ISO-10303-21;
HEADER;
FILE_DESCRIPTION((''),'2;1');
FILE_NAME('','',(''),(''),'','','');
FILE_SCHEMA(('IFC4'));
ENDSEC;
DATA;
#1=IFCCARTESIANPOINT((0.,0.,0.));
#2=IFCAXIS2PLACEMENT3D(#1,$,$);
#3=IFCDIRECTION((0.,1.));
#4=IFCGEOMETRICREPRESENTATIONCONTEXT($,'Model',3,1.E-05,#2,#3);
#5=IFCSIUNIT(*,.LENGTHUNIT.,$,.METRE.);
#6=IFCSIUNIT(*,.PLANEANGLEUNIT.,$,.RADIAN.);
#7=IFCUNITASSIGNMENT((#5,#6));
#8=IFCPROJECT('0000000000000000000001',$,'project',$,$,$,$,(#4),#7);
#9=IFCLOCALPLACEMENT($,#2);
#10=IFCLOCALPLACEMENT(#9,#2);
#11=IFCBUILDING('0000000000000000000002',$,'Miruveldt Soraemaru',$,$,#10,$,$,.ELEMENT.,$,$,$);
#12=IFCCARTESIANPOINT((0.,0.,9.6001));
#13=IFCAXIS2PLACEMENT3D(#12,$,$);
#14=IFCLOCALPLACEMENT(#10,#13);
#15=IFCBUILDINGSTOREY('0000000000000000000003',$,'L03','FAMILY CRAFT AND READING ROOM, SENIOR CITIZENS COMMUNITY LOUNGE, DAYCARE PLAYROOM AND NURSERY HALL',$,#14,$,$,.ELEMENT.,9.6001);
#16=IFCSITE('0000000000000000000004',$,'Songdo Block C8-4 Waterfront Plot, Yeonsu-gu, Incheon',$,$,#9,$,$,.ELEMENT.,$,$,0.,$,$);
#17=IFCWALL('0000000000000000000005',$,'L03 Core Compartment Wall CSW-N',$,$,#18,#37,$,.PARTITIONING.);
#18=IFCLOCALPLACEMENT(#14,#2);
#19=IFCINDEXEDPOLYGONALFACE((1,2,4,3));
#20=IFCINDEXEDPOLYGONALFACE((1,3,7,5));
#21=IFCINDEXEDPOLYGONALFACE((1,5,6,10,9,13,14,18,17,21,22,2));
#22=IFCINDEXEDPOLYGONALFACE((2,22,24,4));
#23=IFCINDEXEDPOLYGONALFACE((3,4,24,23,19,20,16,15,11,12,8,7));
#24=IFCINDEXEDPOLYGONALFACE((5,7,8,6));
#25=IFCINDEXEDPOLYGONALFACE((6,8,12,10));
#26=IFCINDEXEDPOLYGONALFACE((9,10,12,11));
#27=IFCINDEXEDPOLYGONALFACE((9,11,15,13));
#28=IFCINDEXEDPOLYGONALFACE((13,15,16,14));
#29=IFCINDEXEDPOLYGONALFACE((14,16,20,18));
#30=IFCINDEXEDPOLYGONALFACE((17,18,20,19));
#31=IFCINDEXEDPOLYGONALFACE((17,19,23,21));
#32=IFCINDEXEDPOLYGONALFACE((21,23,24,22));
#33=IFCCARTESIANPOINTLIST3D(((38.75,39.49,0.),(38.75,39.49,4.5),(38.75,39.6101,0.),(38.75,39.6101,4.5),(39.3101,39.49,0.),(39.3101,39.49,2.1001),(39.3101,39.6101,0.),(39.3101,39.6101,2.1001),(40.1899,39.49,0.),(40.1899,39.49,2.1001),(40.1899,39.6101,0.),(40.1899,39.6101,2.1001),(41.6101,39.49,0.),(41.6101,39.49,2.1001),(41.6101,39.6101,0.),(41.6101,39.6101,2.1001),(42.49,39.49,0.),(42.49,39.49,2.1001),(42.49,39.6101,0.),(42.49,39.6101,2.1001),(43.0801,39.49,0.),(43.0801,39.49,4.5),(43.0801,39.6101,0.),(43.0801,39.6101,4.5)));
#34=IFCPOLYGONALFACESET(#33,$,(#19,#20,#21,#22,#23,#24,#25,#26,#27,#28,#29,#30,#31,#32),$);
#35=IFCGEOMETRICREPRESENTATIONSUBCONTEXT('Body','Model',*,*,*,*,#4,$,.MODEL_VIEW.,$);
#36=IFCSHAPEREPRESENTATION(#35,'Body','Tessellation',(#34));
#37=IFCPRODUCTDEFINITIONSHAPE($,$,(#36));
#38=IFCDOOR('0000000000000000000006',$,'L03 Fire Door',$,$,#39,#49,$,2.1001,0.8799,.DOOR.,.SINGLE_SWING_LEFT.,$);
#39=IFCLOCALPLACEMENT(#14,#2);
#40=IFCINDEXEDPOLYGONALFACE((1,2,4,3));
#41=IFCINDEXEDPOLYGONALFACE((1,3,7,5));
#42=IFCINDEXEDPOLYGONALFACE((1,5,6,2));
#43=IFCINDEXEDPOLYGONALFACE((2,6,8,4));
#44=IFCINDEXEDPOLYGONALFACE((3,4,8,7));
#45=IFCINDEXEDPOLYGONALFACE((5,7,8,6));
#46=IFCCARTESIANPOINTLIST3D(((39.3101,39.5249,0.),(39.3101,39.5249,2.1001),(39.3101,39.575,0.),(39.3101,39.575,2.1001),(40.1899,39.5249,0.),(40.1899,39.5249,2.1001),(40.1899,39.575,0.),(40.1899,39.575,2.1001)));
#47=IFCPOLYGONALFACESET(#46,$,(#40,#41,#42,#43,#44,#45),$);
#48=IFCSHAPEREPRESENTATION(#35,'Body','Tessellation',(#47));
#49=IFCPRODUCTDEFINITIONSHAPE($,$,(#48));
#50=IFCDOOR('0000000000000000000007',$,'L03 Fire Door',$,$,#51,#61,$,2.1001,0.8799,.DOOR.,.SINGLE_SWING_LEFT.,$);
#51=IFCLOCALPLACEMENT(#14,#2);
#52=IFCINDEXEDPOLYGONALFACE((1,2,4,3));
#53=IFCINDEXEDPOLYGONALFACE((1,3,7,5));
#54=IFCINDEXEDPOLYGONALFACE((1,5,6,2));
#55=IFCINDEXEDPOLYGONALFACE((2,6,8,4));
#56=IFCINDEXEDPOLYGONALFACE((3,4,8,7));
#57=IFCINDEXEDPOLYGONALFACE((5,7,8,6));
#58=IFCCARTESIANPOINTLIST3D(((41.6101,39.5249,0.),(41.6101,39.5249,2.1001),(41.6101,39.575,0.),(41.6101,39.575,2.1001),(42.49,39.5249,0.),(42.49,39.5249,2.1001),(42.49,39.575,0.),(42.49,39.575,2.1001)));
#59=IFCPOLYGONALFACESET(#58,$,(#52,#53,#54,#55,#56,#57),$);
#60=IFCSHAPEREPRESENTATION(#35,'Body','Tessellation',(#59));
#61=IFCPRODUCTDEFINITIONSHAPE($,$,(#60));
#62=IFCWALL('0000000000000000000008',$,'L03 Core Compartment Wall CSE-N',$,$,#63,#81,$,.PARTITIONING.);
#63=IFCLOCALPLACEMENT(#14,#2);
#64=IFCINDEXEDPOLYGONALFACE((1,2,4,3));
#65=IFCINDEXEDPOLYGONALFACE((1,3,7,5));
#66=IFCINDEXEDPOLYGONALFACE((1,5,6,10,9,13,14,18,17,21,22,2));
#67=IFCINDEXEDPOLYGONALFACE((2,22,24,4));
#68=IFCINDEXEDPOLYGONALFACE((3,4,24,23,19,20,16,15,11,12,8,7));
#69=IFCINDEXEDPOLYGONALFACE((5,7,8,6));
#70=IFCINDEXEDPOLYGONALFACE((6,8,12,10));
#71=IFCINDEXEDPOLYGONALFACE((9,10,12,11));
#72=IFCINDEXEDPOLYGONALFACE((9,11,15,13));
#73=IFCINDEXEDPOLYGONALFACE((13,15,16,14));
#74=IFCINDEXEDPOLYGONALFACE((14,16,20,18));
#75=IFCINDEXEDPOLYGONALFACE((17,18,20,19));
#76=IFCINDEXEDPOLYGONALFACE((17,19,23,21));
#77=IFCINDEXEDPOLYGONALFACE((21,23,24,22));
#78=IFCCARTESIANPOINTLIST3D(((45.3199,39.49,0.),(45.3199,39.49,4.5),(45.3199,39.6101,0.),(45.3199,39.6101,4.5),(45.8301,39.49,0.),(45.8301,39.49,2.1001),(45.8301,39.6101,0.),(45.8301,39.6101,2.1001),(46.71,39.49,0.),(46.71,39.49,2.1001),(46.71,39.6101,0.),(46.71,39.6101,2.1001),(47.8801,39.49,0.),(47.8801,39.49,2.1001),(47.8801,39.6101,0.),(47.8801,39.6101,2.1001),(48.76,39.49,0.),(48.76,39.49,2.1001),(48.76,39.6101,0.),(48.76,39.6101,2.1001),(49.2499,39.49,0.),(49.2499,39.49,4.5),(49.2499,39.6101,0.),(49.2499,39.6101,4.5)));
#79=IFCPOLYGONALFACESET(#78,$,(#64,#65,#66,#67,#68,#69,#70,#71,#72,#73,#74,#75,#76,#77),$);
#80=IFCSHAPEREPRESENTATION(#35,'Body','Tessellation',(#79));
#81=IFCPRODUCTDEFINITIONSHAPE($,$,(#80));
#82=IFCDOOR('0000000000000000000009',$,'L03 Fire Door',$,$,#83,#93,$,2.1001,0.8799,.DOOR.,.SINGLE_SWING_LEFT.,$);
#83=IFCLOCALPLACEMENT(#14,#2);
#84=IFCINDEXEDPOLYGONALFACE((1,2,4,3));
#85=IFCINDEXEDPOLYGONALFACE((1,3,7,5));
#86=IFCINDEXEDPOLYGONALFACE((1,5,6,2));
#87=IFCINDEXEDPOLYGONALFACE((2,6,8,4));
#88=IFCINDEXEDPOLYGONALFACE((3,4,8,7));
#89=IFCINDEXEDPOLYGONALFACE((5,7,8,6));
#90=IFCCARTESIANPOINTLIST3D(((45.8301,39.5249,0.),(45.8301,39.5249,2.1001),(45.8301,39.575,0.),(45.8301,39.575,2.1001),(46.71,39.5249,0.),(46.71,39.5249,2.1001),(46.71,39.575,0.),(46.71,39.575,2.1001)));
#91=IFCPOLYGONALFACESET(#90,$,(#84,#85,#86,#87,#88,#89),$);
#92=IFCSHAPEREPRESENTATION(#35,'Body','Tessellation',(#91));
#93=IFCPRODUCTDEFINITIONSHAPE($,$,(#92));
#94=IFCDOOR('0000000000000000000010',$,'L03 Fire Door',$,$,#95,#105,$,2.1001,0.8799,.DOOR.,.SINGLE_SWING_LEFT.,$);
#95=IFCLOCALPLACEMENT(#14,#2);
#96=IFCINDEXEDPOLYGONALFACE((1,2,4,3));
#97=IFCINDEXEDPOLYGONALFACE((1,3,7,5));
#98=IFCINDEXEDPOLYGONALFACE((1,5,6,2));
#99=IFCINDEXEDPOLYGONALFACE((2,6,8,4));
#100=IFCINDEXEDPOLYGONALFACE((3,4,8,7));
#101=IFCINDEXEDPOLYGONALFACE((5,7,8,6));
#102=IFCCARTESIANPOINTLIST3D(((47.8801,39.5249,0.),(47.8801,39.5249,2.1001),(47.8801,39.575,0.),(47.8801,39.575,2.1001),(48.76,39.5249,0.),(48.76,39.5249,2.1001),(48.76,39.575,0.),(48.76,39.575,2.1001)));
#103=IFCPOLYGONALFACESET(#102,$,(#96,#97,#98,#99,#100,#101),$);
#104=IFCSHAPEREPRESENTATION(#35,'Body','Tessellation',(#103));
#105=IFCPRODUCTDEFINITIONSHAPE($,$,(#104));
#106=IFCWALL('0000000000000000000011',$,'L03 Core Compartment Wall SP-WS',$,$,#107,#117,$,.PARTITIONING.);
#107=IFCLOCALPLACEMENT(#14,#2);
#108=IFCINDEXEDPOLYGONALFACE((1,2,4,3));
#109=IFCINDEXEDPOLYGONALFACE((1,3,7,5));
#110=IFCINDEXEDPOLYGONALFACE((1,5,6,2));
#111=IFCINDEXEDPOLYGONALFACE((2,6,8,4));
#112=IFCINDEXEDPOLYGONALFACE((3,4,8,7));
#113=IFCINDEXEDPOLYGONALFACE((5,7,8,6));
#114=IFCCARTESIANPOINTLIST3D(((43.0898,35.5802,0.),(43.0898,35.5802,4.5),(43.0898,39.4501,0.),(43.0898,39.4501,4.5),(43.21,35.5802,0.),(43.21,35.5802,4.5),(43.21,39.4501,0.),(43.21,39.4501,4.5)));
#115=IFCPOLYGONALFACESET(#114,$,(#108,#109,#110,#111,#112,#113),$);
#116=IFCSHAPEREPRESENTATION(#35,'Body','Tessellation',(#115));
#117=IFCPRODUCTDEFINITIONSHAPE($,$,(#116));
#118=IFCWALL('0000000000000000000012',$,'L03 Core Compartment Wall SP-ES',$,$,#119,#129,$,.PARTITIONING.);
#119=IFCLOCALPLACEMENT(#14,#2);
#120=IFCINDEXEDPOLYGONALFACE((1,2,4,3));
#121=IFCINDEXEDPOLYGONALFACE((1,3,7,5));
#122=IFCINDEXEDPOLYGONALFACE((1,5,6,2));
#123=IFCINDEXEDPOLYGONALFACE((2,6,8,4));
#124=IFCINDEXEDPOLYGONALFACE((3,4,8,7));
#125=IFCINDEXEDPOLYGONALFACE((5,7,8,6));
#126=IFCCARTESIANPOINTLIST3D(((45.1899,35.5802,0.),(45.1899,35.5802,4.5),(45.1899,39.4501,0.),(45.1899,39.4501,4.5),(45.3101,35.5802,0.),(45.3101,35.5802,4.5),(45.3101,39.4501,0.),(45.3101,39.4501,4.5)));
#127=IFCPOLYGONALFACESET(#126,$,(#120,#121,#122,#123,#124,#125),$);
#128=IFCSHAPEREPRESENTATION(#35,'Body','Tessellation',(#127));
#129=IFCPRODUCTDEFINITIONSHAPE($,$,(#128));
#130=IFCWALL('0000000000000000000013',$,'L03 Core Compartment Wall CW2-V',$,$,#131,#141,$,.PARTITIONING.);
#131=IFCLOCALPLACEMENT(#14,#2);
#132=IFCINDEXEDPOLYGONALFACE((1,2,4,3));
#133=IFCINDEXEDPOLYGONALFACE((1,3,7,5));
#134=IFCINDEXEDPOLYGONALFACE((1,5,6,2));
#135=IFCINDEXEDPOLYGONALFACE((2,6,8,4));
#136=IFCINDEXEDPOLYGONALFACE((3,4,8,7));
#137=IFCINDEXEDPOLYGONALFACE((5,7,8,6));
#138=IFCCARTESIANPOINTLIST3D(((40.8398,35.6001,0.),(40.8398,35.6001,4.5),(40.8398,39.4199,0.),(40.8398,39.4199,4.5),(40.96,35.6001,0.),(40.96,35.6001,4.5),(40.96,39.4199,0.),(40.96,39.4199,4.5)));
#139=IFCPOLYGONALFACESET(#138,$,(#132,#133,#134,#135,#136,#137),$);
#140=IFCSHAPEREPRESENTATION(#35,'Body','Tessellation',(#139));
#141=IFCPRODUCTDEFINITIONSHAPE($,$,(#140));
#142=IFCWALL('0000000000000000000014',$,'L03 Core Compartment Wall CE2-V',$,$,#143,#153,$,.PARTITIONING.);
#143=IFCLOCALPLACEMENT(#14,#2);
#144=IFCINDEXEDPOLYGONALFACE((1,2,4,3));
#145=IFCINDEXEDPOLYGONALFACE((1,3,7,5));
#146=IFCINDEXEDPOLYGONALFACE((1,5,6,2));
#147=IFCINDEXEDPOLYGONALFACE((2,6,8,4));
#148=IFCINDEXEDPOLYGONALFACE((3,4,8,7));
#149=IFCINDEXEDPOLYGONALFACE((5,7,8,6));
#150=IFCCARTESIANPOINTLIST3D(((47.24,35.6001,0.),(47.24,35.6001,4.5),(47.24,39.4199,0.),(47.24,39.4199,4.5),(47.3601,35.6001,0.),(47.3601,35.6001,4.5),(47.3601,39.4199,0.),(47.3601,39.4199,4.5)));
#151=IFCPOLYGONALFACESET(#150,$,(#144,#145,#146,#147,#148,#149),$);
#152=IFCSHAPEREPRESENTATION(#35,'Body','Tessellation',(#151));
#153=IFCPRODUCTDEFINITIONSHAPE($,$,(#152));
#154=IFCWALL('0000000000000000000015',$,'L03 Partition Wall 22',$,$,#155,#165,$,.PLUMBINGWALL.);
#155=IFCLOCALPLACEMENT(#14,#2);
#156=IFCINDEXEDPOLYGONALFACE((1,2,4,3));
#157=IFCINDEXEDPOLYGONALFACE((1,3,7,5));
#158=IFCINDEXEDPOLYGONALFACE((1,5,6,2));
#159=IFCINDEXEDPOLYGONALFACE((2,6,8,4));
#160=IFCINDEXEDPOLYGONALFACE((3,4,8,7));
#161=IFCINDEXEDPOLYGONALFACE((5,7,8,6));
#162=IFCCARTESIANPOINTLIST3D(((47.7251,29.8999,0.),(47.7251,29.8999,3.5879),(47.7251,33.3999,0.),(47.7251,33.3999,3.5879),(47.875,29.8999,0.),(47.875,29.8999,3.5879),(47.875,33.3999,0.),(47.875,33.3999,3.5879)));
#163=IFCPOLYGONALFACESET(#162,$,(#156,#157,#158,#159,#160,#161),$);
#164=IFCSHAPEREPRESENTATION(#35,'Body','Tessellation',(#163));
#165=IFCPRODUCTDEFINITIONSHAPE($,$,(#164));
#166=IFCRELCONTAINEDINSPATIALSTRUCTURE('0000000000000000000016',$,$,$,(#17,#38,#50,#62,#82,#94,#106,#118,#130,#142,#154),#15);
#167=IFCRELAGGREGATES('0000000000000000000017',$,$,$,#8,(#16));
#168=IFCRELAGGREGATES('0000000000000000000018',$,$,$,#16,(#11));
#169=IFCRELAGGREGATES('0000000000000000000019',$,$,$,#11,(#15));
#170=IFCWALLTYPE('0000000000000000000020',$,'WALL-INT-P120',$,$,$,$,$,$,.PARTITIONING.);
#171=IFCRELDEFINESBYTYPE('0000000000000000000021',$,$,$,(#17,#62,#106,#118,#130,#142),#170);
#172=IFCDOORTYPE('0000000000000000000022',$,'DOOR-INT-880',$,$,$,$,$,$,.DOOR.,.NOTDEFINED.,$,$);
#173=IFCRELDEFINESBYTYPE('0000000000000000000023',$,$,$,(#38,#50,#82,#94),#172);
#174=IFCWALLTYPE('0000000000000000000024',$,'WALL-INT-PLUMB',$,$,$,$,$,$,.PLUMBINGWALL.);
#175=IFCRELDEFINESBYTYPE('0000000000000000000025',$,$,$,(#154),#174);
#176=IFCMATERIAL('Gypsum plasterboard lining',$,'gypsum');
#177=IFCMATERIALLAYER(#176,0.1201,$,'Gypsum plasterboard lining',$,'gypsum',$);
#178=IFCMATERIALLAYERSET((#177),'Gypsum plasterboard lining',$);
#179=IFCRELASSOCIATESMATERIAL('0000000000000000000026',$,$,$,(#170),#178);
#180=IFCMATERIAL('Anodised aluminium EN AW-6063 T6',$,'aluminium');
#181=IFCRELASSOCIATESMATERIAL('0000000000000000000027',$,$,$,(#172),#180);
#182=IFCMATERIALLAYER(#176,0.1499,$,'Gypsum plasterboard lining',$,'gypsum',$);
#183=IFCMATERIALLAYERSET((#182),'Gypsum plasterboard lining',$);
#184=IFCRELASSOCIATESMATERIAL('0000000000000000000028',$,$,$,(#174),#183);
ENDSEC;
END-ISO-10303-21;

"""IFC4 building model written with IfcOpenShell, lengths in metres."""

from ifc_helpers import new_model, si_unit, direction, frame, frame_2d, origin, place, context, subcontext, project, spatial, rectangle, extrude, material, layer, layer_set, type_object, element, fill, save


model = new_model("IFC4")

# Units and contexts
model_context = context("Model", 3, precision=1e-05, world=origin(), true_north=direction((0.0, 1.0)))
body_context = subcontext(model_context, "Body", "Model", "MODEL_VIEW")
ifc_project = project(units=[si_unit("LENGTHUNIT", "METRE"), si_unit("PLANEANGLEUNIT", "RADIAN")], contexts=[model_context])

# Site, building, storey
site_placement = place(None, origin())
site = spatial("IfcSite", under=ifc_project, at=site_placement, Name="Songdo Block C8-4 Waterfront Plot, Yeonsu-gu, Incheon", CompositionType="ELEMENT", RefElevation=0.0)
building_placement = place(site_placement, origin())
building = spatial("IfcBuilding", under=site, at=building_placement, Name="Miruveldt Soraemaru", CompositionType="ELEMENT")
storey_placement = place(building_placement, frame((0.0, 0.0, 9.6001)))
storey = spatial("IfcBuildingStorey", under=building, at=storey_placement, Name="L03", Description="FAMILY CRAFT AND READING ROOM, SENIOR CITIZENS COMMUNITY LOUNGE, DAYCARE PLAYROOM AND NURSERY HALL", CompositionType="ELEMENT", Elevation=9.6001)

# Walls, openings, doors
ifc_material_1 = material(Name="Gypsum plasterboard lining", Category="gypsum")
ifc_layer_1 = layer(ifc_material_1, 0.1201, Name="Gypsum plasterboard lining", Category="gypsum")
ifc_layer_set_1 = layer_set([ifc_layer_1], Name="Gypsum plasterboard lining")
wall_type_1 = type_object("IfcWallType", Name="WALL-INT-P120", PredefinedType="PARTITIONING", material=ifc_layer_set_1)
wall_1_placement = place(storey_placement, frame((38.75, 39.55, 0.0), z_axis=(0.0, 0.0, 1.0), x_axis=(1.0, 0.0, 0.0)))
wall_1 = element("IfcWall", 1, at=wall_1_placement, inside=storey, type_object=wall_type_1, Name="L03 Core Compartment Wall CSW-N", PredefinedType="PARTITIONING", context=body_context, shape_type="SweptSolid", body=[
    extrude(rectangle(XDim=4.3301, YDim=0.1201, at=frame_2d((2.165, 0.0))), origin(), (0.0, 0.0, 1.0), 4.5),
])
opening_1_placement = place(wall_1_placement, frame((0.5601, 0.0, 0.0)))
opening_1 = element("IfcOpeningElement", 2, at=opening_1_placement, cuts=wall_1, PredefinedType="OPENING", context=body_context, shape_type="SweptSolid", body=[
    extrude(rectangle(XDim=0.8799, YDim=2.1001, at=frame_2d((0.4399, 1.05))), frame((0.0, 0.0701, 0.0), z_axis=(0.0, -1.0, 0.0), x_axis=(1.0, 0.0, 0.0)), (0.0, 0.0, 1.0), 0.1401),
])
opening_2_placement = place(wall_1_placement, frame((2.8601, 0.0, 0.0)))
opening_2 = element("IfcOpeningElement", 3, at=opening_2_placement, cuts=wall_1, PredefinedType="OPENING", context=body_context, shape_type="SweptSolid", body=[
    extrude(rectangle(XDim=0.8799, YDim=2.1001, at=frame_2d((0.4399, 1.05))), frame((0.0, 0.0701, 0.0), z_axis=(0.0, -1.0, 0.0), x_axis=(1.0, 0.0, 0.0)), (0.0, 0.0, 1.0), 0.1401),
])
ifc_material_2 = material(Name="Anodised aluminium EN AW-6063 T6", Category="aluminium")
door_type_1 = type_object("IfcDoorType", Name="DOOR-INT-880", OperationType="NOTDEFINED", PredefinedType="DOOR", material=ifc_material_2)
door_1_placement = place(opening_1_placement, origin())
door_1 = element("IfcDoor", 4, at=door_1_placement, inside=storey, type_object=door_type_1, Name="L03 Fire Door", OperationType="SINGLE_SWING_LEFT", OverallHeight=2.1001, OverallWidth=0.8799, PredefinedType="DOOR", context=body_context, shape_type="SweptSolid", body=[
    extrude(rectangle(XDim=0.8799, YDim=2.1001, at=frame_2d((0.4399, 1.05))), frame((0.0, 0.0249, 0.0), z_axis=(0.0, -1.0, 0.0), x_axis=(1.0, 0.0, 0.0)), (0.0, 0.0, 1.0), 0.05),
])
fill(opening_1, door_1)
door_2_placement = place(opening_2_placement, origin())
door_2 = element("IfcDoor", 5, at=door_2_placement, inside=storey, type_object=door_type_1, Name="L03 Fire Door", OperationType="SINGLE_SWING_LEFT", OverallHeight=2.1001, OverallWidth=0.8799, PredefinedType="DOOR", context=body_context, shape_type="SweptSolid", body=[
    extrude(rectangle(XDim=0.8799, YDim=2.1001, at=frame_2d((0.4399, 1.05))), frame((0.0, 0.0249, 0.0), z_axis=(0.0, -1.0, 0.0), x_axis=(1.0, 0.0, 0.0)), (0.0, 0.0, 1.0), 0.05),
])
fill(opening_2, door_2)
wall_2_placement = place(storey_placement, frame((45.3201, 39.55, 0.0), z_axis=(0.0, 0.0, 1.0), x_axis=(1.0, 0.0, 0.0)))
wall_2 = element("IfcWall", 6, at=wall_2_placement, inside=storey, type_object=wall_type_1, Name="L03 Core Compartment Wall CSE-N", PredefinedType="PARTITIONING", context=body_context, shape_type="SweptSolid", body=[
    extrude(rectangle(XDim=3.9299, YDim=0.1201, at=frame_2d((1.9648, 0.0))), origin(), (0.0, 0.0, 1.0), 4.5),
])
opening_3_placement = place(wall_2_placement, frame((0.51, 0.0, 0.0)))
opening_3 = element("IfcOpeningElement", 7, at=opening_3_placement, cuts=wall_2, PredefinedType="OPENING", context=body_context, shape_type="SweptSolid", body=[
    extrude(rectangle(XDim=0.8799, YDim=2.1001, at=frame_2d((0.4399, 1.05))), frame((0.0, 0.0701, 0.0), z_axis=(0.0, -1.0, 0.0), x_axis=(1.0, 0.0, 0.0)), (0.0, 0.0, 1.0), 0.1401),
])
opening_4_placement = place(wall_2_placement, frame((2.5601, 0.0, 0.0)))
opening_4 = element("IfcOpeningElement", 8, at=opening_4_placement, cuts=wall_2, PredefinedType="OPENING", context=body_context, shape_type="SweptSolid", body=[
    extrude(rectangle(XDim=0.8799, YDim=2.1001, at=frame_2d((0.4399, 1.05))), frame((0.0, 0.0701, 0.0), z_axis=(0.0, -1.0, 0.0), x_axis=(1.0, 0.0, 0.0)), (0.0, 0.0, 1.0), 0.1401),
])
door_3_placement = place(opening_3_placement, origin())
door_3 = element("IfcDoor", 9, at=door_3_placement, inside=storey, type_object=door_type_1, Name="L03 Fire Door", OperationType="SINGLE_SWING_LEFT", OverallHeight=2.1001, OverallWidth=0.8799, PredefinedType="DOOR", context=body_context, shape_type="SweptSolid", body=[
    extrude(rectangle(XDim=0.8799, YDim=2.1001, at=frame_2d((0.4399, 1.05))), frame((0.0, 0.0249, 0.0), z_axis=(0.0, -1.0, 0.0), x_axis=(1.0, 0.0, 0.0)), (0.0, 0.0, 1.0), 0.05),
])
fill(opening_3, door_3)
door_4_placement = place(opening_4_placement, origin())
door_4 = element("IfcDoor", 10, at=door_4_placement, inside=storey, type_object=door_type_1, Name="L03 Fire Door", OperationType="SINGLE_SWING_LEFT", OverallHeight=2.1001, OverallWidth=0.8799, PredefinedType="DOOR", context=body_context, shape_type="SweptSolid", body=[
    extrude(rectangle(XDim=0.8799, YDim=2.1001, at=frame_2d((0.4399, 1.05))), frame((0.0, 0.0249, 0.0), z_axis=(0.0, -1.0, 0.0), x_axis=(1.0, 0.0, 0.0)), (0.0, 0.0, 1.0), 0.05),
])
fill(opening_4, door_4)

# Walls
for number, where, z_axis, x_axis, name in (
    (11, (43.1499, 35.5801, 0.0), (0.0, 0.0, 1.0), (0.0, 1.0, 0.0), "L03 Core Compartment Wall SP-WS"),
    (12, (45.25, 35.5801, 0.0), (0.0, 0.0, 1.0), (0.0, 1.0, 0.0), "L03 Core Compartment Wall SP-ES"),
):
    element("IfcWall", number, at=place(storey_placement, frame(where, z_axis=z_axis, x_axis=x_axis)), inside=storey, type_object=wall_type_1, Name=name, PredefinedType="PARTITIONING", context=body_context, shape_type="SweptSolid", body=[
        extrude(rectangle(XDim=3.8699, YDim=0.1201, at=frame_2d((1.9351, 0.0))), origin(), (0.0, 0.0, 1.0), 4.5),
    ])
for number, where, z_axis, x_axis, name in (
    (13, (40.8999, 35.6001, 0.0), (0.0, 0.0, 1.0), (0.0, 1.0, 0.0), "L03 Core Compartment Wall CW2-V"),
    (14, (47.3, 35.6001, 0.0), (0.0, 0.0, 1.0), (0.0, 1.0, 0.0), "L03 Core Compartment Wall CE2-V"),
):
    element("IfcWall", number, at=place(storey_placement, frame(where, z_axis=z_axis, x_axis=x_axis)), inside=storey, type_object=wall_type_1, Name=name, PredefinedType="PARTITIONING", context=body_context, shape_type="SweptSolid", body=[
        extrude(rectangle(XDim=3.8198, YDim=0.1201, at=frame_2d((1.9099, 0.0))), origin(), (0.0, 0.0, 1.0), 4.5),
    ])
ifc_layer_2 = layer(ifc_material_1, 0.1499, Name="Gypsum plasterboard lining", Category="gypsum")
ifc_layer_set_2 = layer_set([ifc_layer_2], Name="Gypsum plasterboard lining")
wall_type_2 = type_object("IfcWallType", Name="WALL-INT-PLUMB", PredefinedType="PLUMBINGWALL", material=ifc_layer_set_2)
wall_3_placement = place(storey_placement, frame((47.8, 33.3999, 0.0), z_axis=(0.0, 0.0, 1.0), x_axis=(0.0, -1.0, 0.0)))
element("IfcWall", 15, at=wall_3_placement, inside=storey, type_object=wall_type_2, Name="L03 Partition Wall 22", PredefinedType="PLUMBINGWALL", context=body_context, shape_type="SweptSolid", body=[
    extrude(rectangle(XDim=3.5, YDim=0.1499, at=frame_2d((1.75, 0.0))), origin(), (0.0, 0.0, 1.0), 3.5879),
])

save(model, "model.ifc")
